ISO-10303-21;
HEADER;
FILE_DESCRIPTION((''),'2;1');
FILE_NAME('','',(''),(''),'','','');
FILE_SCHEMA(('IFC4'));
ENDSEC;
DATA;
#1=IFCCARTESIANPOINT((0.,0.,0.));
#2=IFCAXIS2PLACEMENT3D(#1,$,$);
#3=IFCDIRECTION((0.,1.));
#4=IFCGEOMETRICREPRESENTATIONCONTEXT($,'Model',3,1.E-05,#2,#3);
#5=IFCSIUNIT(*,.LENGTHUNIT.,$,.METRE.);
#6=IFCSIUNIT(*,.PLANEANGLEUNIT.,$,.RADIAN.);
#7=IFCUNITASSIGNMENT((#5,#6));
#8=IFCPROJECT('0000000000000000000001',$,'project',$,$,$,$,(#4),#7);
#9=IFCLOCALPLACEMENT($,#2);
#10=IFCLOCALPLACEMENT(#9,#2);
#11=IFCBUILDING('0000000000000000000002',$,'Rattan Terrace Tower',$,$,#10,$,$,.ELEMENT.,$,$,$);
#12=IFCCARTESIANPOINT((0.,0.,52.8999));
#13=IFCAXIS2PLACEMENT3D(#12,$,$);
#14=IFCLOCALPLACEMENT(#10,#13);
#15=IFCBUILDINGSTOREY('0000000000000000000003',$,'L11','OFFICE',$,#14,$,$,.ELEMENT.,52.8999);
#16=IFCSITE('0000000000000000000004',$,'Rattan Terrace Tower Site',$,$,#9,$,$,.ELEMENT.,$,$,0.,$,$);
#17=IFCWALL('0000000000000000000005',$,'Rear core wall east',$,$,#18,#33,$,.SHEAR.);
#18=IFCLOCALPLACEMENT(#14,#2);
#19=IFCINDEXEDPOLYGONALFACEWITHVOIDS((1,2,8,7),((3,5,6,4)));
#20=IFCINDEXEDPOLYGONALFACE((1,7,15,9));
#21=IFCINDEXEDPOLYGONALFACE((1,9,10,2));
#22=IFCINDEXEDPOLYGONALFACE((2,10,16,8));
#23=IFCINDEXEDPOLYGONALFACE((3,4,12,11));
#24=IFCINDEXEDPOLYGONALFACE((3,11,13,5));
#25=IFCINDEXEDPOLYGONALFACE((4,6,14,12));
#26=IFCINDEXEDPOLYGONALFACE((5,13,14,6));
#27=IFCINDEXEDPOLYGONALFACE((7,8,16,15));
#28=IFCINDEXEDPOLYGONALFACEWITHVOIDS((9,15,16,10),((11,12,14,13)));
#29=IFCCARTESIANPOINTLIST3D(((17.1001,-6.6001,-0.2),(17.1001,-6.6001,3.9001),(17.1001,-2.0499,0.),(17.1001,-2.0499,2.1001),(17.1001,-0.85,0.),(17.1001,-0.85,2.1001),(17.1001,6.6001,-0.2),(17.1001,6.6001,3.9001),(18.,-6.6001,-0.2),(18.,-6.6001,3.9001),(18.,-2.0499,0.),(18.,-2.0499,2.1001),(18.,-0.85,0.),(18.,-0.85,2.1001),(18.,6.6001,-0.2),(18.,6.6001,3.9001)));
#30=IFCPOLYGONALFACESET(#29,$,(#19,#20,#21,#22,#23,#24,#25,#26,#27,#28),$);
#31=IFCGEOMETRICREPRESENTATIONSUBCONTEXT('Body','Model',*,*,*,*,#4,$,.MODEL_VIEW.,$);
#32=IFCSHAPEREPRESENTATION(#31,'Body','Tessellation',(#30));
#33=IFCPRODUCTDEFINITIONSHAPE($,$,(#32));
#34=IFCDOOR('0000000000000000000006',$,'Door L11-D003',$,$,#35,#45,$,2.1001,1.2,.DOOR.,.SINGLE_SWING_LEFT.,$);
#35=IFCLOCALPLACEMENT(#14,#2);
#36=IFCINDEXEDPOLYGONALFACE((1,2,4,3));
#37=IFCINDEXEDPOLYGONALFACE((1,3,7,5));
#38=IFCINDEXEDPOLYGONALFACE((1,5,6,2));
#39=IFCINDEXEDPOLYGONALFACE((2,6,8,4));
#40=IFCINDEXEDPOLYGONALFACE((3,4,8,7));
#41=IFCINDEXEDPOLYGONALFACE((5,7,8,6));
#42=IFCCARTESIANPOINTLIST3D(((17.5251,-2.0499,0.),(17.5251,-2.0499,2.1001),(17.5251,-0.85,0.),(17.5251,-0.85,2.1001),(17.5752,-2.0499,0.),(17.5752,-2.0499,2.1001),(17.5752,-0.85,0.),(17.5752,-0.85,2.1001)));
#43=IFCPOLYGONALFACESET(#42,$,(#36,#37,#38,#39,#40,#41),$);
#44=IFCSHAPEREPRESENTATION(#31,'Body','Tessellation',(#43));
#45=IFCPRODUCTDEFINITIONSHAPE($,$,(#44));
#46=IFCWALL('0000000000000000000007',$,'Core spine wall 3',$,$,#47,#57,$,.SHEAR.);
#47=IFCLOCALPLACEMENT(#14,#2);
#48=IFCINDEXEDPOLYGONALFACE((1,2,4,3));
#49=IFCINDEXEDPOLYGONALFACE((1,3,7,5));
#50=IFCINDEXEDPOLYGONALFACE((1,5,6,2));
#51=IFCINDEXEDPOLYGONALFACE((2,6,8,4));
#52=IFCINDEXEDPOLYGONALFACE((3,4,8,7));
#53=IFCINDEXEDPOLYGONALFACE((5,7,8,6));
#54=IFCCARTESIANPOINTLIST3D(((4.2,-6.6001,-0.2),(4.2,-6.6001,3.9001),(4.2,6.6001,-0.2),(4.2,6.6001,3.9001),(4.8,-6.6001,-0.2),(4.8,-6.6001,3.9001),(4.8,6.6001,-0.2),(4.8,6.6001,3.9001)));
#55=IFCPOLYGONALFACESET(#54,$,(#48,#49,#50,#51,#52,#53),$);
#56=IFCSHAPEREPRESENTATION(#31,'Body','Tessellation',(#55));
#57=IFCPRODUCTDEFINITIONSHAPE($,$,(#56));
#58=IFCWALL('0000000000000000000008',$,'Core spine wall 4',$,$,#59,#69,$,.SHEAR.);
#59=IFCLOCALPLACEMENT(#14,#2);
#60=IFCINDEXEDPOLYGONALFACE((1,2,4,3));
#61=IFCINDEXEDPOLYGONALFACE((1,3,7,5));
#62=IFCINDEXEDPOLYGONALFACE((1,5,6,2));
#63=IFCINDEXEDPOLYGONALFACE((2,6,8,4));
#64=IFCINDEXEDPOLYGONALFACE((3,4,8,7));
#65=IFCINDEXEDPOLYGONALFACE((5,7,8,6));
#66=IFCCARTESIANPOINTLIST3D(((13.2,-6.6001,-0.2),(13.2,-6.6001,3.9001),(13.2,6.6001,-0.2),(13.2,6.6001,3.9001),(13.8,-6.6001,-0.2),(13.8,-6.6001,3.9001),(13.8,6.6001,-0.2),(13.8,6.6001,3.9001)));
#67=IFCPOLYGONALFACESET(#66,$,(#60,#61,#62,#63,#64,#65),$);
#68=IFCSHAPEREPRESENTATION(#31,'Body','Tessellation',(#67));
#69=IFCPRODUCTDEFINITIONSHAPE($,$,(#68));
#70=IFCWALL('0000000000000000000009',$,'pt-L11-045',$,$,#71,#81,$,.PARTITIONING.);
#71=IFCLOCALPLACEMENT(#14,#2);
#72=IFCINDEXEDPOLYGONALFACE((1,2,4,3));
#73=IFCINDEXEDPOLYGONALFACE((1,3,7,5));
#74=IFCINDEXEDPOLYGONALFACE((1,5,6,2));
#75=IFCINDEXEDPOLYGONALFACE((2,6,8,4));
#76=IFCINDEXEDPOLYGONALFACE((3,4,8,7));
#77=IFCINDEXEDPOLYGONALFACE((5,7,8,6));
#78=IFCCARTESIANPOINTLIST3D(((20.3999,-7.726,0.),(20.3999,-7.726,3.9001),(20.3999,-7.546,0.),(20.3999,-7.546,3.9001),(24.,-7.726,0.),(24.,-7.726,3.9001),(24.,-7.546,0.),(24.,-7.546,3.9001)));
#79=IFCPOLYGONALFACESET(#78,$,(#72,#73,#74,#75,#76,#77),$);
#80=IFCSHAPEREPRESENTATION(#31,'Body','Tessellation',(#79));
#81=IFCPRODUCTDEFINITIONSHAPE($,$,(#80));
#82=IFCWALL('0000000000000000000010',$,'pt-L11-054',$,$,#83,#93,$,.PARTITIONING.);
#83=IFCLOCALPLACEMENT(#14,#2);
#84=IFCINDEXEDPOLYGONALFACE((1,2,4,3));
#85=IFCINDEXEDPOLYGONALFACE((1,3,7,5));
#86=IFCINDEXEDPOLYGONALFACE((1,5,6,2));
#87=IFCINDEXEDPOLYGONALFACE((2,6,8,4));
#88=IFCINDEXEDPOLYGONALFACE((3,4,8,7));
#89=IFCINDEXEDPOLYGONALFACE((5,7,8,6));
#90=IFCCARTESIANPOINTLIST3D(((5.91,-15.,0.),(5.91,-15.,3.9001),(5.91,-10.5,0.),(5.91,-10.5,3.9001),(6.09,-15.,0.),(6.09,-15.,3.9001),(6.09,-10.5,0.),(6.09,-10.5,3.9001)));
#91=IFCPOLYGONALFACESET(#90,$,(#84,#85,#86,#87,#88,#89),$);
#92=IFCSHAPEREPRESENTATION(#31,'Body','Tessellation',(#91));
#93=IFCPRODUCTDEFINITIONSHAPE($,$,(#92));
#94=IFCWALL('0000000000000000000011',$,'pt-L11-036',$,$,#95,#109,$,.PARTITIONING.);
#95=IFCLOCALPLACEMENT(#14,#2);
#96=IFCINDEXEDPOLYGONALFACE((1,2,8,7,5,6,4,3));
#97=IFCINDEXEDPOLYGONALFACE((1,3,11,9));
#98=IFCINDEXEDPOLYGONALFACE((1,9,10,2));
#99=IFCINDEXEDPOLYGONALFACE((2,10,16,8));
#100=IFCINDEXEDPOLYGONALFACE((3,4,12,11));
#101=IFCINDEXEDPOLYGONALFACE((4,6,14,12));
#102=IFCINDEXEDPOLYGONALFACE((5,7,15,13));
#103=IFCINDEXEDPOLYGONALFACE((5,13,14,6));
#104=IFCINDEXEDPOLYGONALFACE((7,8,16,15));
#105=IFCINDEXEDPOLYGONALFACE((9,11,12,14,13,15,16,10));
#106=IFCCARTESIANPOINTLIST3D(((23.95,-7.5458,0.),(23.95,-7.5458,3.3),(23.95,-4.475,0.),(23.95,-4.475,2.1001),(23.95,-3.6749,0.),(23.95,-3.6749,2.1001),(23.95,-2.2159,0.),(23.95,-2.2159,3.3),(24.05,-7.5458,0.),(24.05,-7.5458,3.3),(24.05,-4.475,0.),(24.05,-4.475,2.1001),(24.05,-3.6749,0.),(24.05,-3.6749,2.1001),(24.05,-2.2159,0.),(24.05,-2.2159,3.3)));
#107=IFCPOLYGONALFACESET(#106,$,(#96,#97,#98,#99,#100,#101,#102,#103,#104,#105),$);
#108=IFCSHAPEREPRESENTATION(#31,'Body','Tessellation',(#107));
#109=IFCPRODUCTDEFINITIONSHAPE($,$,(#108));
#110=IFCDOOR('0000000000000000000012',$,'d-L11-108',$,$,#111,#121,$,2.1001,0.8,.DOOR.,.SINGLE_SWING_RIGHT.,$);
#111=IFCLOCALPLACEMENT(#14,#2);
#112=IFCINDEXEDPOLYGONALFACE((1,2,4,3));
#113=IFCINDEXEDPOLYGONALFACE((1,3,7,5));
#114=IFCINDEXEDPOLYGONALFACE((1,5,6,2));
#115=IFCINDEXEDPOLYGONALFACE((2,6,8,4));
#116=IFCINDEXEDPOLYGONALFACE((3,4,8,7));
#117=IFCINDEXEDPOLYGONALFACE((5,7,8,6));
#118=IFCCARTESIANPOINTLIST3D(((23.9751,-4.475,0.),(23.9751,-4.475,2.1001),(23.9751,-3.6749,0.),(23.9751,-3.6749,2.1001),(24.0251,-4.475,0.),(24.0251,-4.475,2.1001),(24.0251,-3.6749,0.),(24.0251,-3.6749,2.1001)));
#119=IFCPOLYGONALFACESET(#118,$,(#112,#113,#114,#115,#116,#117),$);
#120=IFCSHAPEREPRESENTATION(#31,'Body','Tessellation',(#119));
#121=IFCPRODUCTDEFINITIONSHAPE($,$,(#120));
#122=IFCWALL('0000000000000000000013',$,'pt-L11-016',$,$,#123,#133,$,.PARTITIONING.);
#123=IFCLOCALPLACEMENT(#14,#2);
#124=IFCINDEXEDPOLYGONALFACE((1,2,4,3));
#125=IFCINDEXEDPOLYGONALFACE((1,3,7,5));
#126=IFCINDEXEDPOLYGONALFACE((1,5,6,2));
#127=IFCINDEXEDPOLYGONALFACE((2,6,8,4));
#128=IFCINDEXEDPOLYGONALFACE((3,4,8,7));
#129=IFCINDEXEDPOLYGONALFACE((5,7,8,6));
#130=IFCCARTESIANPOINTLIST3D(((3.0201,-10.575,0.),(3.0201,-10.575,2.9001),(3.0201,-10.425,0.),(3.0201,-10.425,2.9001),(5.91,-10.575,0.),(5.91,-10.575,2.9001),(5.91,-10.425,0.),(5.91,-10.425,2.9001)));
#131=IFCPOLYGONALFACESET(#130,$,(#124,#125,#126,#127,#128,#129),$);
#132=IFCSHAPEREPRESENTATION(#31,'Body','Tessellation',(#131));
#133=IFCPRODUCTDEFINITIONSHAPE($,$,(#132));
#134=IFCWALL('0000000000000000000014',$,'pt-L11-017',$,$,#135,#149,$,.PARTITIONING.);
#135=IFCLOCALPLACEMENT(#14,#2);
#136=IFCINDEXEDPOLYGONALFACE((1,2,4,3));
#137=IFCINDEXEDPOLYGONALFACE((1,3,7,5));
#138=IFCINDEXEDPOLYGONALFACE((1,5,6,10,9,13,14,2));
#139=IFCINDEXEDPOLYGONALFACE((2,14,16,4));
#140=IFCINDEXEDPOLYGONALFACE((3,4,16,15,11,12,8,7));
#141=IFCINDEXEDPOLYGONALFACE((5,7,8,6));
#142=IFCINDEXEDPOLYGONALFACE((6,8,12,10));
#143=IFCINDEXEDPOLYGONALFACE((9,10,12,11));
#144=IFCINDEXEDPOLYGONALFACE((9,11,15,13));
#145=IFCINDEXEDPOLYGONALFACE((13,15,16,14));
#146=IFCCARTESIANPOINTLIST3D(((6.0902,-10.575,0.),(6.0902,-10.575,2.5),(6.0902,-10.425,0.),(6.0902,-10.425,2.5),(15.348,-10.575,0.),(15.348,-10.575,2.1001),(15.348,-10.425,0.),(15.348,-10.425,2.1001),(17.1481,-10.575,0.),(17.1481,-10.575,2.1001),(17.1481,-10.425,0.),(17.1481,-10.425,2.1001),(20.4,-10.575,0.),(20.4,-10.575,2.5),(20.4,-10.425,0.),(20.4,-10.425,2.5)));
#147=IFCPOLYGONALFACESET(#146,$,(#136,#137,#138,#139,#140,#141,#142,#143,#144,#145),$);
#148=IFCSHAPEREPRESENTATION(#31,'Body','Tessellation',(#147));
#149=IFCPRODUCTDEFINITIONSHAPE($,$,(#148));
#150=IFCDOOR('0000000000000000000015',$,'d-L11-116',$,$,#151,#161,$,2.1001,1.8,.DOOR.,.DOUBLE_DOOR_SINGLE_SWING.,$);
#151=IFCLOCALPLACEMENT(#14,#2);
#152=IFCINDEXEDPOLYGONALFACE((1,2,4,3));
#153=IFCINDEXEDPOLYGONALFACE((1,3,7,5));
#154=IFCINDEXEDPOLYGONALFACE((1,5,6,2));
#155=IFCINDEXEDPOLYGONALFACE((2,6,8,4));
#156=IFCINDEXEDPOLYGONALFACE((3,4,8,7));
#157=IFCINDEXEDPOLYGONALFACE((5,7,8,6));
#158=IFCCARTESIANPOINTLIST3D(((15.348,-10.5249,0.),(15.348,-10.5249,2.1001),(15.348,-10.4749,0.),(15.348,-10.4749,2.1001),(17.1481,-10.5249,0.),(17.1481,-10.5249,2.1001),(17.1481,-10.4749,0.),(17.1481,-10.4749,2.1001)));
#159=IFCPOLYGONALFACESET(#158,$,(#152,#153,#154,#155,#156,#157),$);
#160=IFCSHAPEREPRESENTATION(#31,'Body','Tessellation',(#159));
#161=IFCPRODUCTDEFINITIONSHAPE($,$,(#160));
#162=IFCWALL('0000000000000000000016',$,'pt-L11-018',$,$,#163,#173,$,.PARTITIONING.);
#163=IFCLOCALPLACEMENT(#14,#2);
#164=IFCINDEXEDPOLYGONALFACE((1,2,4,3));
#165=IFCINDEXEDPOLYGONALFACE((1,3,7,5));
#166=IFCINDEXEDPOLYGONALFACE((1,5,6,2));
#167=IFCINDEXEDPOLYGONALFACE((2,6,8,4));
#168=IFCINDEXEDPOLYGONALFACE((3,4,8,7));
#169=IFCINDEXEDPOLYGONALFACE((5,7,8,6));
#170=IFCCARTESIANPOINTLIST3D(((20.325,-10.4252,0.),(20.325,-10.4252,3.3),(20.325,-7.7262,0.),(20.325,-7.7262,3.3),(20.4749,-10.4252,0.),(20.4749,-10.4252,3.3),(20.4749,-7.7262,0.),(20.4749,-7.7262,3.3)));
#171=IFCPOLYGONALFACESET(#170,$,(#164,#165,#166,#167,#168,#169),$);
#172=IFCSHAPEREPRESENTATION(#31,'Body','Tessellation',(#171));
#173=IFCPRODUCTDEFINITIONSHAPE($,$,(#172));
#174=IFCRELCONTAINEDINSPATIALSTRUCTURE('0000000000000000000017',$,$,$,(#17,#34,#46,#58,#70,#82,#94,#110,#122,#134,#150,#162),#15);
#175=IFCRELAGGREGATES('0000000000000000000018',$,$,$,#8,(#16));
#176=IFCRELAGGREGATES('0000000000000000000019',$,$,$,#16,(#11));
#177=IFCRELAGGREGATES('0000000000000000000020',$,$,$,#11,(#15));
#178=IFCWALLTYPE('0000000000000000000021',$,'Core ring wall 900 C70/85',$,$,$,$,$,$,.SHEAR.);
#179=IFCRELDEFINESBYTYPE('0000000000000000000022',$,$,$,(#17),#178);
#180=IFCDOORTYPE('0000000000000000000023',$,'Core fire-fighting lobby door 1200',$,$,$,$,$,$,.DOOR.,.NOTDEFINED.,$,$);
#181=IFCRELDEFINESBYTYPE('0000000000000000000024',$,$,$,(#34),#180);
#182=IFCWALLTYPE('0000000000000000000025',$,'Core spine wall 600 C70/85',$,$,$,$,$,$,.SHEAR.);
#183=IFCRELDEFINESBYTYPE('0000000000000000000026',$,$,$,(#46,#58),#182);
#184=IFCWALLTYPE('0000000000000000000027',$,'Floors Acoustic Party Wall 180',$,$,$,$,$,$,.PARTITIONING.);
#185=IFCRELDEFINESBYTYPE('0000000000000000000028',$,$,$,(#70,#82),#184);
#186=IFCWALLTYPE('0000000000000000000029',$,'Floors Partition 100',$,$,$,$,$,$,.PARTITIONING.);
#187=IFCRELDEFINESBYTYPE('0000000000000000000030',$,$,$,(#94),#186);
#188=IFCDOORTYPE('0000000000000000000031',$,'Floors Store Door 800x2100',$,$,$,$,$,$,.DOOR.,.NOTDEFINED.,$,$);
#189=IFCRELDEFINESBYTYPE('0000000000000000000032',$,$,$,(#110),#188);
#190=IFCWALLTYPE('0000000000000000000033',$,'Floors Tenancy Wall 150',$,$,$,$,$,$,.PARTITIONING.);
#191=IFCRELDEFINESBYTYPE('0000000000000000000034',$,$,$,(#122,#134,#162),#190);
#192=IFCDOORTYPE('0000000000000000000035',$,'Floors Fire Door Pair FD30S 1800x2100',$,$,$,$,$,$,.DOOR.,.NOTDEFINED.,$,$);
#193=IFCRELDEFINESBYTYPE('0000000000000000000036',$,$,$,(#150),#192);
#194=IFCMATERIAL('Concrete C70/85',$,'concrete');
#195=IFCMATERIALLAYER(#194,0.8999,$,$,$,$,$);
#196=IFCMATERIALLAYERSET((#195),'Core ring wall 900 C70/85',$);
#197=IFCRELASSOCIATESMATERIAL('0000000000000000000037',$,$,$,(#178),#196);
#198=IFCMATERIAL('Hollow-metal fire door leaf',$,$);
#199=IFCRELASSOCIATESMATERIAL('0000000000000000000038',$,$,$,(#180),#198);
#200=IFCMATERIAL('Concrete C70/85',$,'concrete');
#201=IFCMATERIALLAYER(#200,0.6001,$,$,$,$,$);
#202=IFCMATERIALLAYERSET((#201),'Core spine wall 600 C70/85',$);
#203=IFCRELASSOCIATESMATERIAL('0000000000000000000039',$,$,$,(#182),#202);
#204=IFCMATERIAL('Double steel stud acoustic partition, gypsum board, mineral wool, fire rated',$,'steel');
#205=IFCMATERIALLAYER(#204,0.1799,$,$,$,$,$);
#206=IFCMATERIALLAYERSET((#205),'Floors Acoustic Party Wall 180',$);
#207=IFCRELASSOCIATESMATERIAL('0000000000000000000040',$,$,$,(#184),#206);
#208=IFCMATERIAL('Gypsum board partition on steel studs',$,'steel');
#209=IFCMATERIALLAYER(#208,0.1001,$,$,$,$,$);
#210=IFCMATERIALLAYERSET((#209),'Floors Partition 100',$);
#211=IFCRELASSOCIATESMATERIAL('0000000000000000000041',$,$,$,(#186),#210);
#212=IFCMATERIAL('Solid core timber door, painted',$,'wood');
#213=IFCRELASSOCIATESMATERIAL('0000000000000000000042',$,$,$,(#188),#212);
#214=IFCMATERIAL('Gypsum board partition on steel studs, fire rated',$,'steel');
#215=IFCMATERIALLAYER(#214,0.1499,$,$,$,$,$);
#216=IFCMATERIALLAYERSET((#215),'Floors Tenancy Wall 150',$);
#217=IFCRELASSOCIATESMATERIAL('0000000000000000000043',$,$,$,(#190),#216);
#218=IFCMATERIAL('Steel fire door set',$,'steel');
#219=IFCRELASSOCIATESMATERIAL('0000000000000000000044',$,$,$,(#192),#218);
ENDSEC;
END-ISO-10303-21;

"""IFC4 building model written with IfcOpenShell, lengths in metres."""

from ifc_helpers import new_model, si_unit, direction, frame, frame_2d, origin, place, context, subcontext, project, spatial, rectangle, extrude, material, layer, layer_set, type_object, element, fill, save


model = new_model("IFC4")

# Units and contexts
model_context = context("Model", 3, precision=1e-05, world=origin(), true_north=direction((0.0, 1.0)))
body_context = subcontext(model_context, "Body", "Model", "MODEL_VIEW")
ifc_project = project(units=[si_unit("LENGTHUNIT", "METRE"), si_unit("PLANEANGLEUNIT", "RADIAN")], contexts=[model_context])

# Site, building, storey
site_placement = place(None, origin())
site = spatial("IfcSite", under=ifc_project, at=site_placement, Name="Rattan Terrace Tower Site", CompositionType="ELEMENT", RefElevation=0.0)
building_placement = place(site_placement, origin())
building = spatial("IfcBuilding", under=site, at=building_placement, Name="Rattan Terrace Tower", CompositionType="ELEMENT")
storey_placement = place(building_placement, frame((0.0, 0.0, 52.8999)))
storey = spatial("IfcBuildingStorey", under=building, at=storey_placement, Name="L11", Description="OFFICE", CompositionType="ELEMENT", Elevation=52.8999)

# Wall, opening, door
ifc_material_1 = material(Name="Concrete C70/85", Category="concrete")
ifc_layer_1 = layer(ifc_material_1, 0.8999)
ifc_layer_set_1 = layer_set([ifc_layer_1], Name="Core ring wall 900 C70/85")
wall_type_1 = type_object("IfcWallType", Name="Core ring wall 900 C70/85", PredefinedType="SHEAR", material=ifc_layer_set_1)
wall_1_placement = place(storey_placement, frame((17.55, -6.6001, -0.2), z_axis=(0.0, 0.0, 1.0), x_axis=(0.0, 1.0, 0.0)))
wall_1 = element("IfcWall", 1, at=wall_1_placement, inside=storey, type_object=wall_type_1, Name="Rear core wall east", PredefinedType="SHEAR", context=body_context, shape_type="SweptSolid", body=[
    extrude(rectangle(XDim=13.2002, YDim=0.8999, at=frame_2d((6.6001, 0.0))), origin(), (0.0, 0.0, 1.0), 4.1001),
])
opening_1_placement = place(wall_1_placement, frame((4.55, 0.0, 0.2)))
opening_1 = element("IfcOpeningElement", 2, at=opening_1_placement, cuts=wall_1, PredefinedType="OPENING", context=body_context, shape_type="SweptSolid", body=[
    extrude(rectangle(XDim=1.2, YDim=2.1001, at=frame_2d((0.6001, 1.05))), frame((0.0, 0.4604, 0.0), z_axis=(0.0, -1.0, 0.0), x_axis=(1.0, 0.0, 0.0)), (0.0, 0.0, 1.0), 0.9209),
])
ifc_material_2 = material(Name="Hollow-metal fire door leaf")
door_type_1 = type_object("IfcDoorType", Name="Core fire-fighting lobby door 1200", OperationType="NOTDEFINED", PredefinedType="DOOR", material=ifc_material_2)
door_1_placement = place(opening_1_placement, origin())
door_1 = element("IfcDoor", 3, at=door_1_placement, inside=storey, type_object=door_type_1, Name="Door L11-D003", OperationType="SINGLE_SWING_LEFT", OverallHeight=2.1001, OverallWidth=1.2, PredefinedType="DOOR", context=body_context, shape_type="SweptSolid", body=[
    extrude(rectangle(XDim=1.2, YDim=2.1001, at=frame_2d((0.6001, 1.05))), frame((0.0, 0.0249, 0.0), z_axis=(0.0, -1.0, 0.0), x_axis=(1.0, 0.0, 0.0)), (0.0, 0.0, 1.0), 0.05),
])
fill(opening_1, door_1)

# Walls
ifc_material_3 = material(Name="Concrete C70/85", Category="concrete")
ifc_layer_2 = layer(ifc_material_3, 0.6001)
ifc_layer_set_2 = layer_set([ifc_layer_2], Name="Core spine wall 600 C70/85")
wall_type_2 = type_object("IfcWallType", Name="Core spine wall 600 C70/85", PredefinedType="SHEAR", material=ifc_layer_set_2)
for number, where, z_axis, x_axis, name in (
    (4, (4.5, -6.6001, -0.2), (0.0, 0.0, 1.0), (0.0, 1.0, 0.0), "Core spine wall 3"),
    (5, (13.5, -6.6001, -0.2), (0.0, 0.0, 1.0), (0.0, 1.0, 0.0), "Core spine wall 4"),
):
    element("IfcWall", number, at=place(storey_placement, frame(where, z_axis=z_axis, x_axis=x_axis)), inside=storey, type_object=wall_type_2, Name=name, PredefinedType="SHEAR", context=body_context, shape_type="SweptSolid", body=[
        extrude(rectangle(XDim=13.2002, YDim=0.6001, at=frame_2d((6.6001, 0.0))), origin(), (0.0, 0.0, 1.0), 4.1001),
    ])
ifc_material_4 = material(Name="Double steel stud acoustic partition, gypsum board, mineral wool, fire rated", Category="steel")
ifc_layer_3 = layer(ifc_material_4, 0.1799)
ifc_layer_set_3 = layer_set([ifc_layer_3], Name="Floors Acoustic Party Wall 180")
wall_type_3 = type_object("IfcWallType", Name="Floors Acoustic Party Wall 180", PredefinedType="PARTITIONING", material=ifc_layer_set_3)
wall_2_placement = place(storey_placement, frame((24.0, -7.636, 0.0), z_axis=(0.0, 0.0, 1.0), x_axis=(-1.0, 0.0, 0.0)))
element("IfcWall", 6, at=wall_2_placement, inside=storey, type_object=wall_type_3, Name="pt-L11-045", PredefinedType="PARTITIONING", context=body_context, shape_type="SweptSolid", body=[
    extrude(rectangle(XDim=3.6001, YDim=0.1799, at=frame_2d((1.8, 0.0))), origin(), (0.0, 0.0, 1.0), 3.9001),
])
wall_3_placement = place(storey_placement, frame((6.0, -10.5, 0.0), z_axis=(0.0, 0.0, 1.0), x_axis=(0.0, -1.0, 0.0)))
element("IfcWall", 7, at=wall_3_placement, inside=storey, type_object=wall_type_3, Name="pt-L11-054", PredefinedType="PARTITIONING", context=body_context, shape_type="SweptSolid", body=[
    extrude(rectangle(XDim=4.5, YDim=0.1799, at=frame_2d((2.25, 0.0))), origin(), (0.0, 0.0, 1.0), 3.9001),
])

# Wall, opening, door
ifc_material_5 = material(Name="Gypsum board partition on steel studs", Category="steel")
ifc_layer_4 = layer(ifc_material_5, 0.1001)
ifc_layer_set_4 = layer_set([ifc_layer_4], Name="Floors Partition 100")
wall_type_4 = type_object("IfcWallType", Name="Floors Partition 100", PredefinedType="PARTITIONING", material=ifc_layer_set_4)
wall_4_placement = place(storey_placement, frame((24.0, -7.5459, 0.0), z_axis=(0.0, 0.0, 1.0), x_axis=(0.0, 1.0, 0.0)))
wall_4 = element("IfcWall", 8, at=wall_4_placement, inside=storey, type_object=wall_type_4, Name="pt-L11-036", PredefinedType="PARTITIONING", context=body_context, shape_type="SweptSolid", body=[
    extrude(rectangle(XDim=5.3298, YDim=0.1001, at=frame_2d((2.665, 0.0))), origin(), (0.0, 0.0, 1.0), 3.3),
])
opening_2_placement = place(wall_4_placement, frame((3.071, 0.0, 0.0)))
opening_2 = element("IfcOpeningElement", 9, at=opening_2_placement, cuts=wall_4, PredefinedType="OPENING", context=body_context, shape_type="SweptSolid", body=[
    extrude(rectangle(XDim=0.8, YDim=2.1001, at=frame_2d((0.3999, 1.05))), frame((0.0, 0.0605, 0.0), z_axis=(0.0, -1.0, 0.0), x_axis=(1.0, 0.0, 0.0)), (0.0, 0.0, 1.0), 0.1211),
])
ifc_material_6 = material(Name="Solid core timber door, painted", Category="wood")
door_type_2 = type_object("IfcDoorType", Name="Floors Store Door 800x2100", OperationType="NOTDEFINED", PredefinedType="DOOR", material=ifc_material_6)
door_2_placement = place(opening_2_placement, origin())
door_2 = element("IfcDoor", 10, at=door_2_placement, inside=storey, type_object=door_type_2, Name="d-L11-108", OperationType="SINGLE_SWING_RIGHT", OverallHeight=2.1001, OverallWidth=0.8, PredefinedType="DOOR", context=body_context, shape_type="SweptSolid", body=[
    extrude(rectangle(XDim=0.8, YDim=2.1001, at=frame_2d((0.3999, 1.05))), frame((0.0, 0.0249, 0.0), z_axis=(0.0, -1.0, 0.0), x_axis=(1.0, 0.0, 0.0)), (0.0, 0.0, 1.0), 0.05),
])
fill(opening_2, door_2)

# Wall
ifc_material_7 = material(Name="Gypsum board partition on steel studs, fire rated", Category="steel")
ifc_layer_5 = layer(ifc_material_7, 0.1499)
ifc_layer_set_5 = layer_set([ifc_layer_5], Name="Floors Tenancy Wall 150")
wall_type_5 = type_object("IfcWallType", Name="Floors Tenancy Wall 150", PredefinedType="PARTITIONING", material=ifc_layer_set_5)
wall_5_placement = place(storey_placement, frame((5.9099, -10.5, 0.0), z_axis=(0.0, 0.0, 1.0), x_axis=(-1.0, 0.0, 0.0)))
element("IfcWall", 11, at=wall_5_placement, inside=storey, type_object=wall_type_5, Name="pt-L11-016", PredefinedType="PARTITIONING", context=body_context, shape_type="SweptSolid", body=[
    extrude(rectangle(XDim=2.8899, YDim=0.1499, at=frame_2d((1.4448, 0.0))), origin(), (0.0, 0.0, 1.0), 2.9001),
])

# Wall, opening, door
wall_6_placement = place(storey_placement, frame((20.3999, -10.5, 0.0), z_axis=(0.0, 0.0, 1.0), x_axis=(-1.0, 0.0, 0.0)))
wall_6 = element("IfcWall", 12, at=wall_6_placement, inside=storey, type_object=wall_type_5, Name="pt-L11-017", PredefinedType="PARTITIONING", context=body_context, shape_type="SweptSolid", body=[
    extrude(rectangle(XDim=14.3098, YDim=0.1499, at=frame_2d((7.1548, 0.0))), origin(), (0.0, 0.0, 1.0), 2.5),
])
opening_3_placement = place(wall_6_placement, frame((3.252, 0.0, 0.0)))
opening_3 = element("IfcOpeningElement", 13, at=opening_3_placement, cuts=wall_6, PredefinedType="OPENING", context=body_context, shape_type="SweptSolid", body=[
    extrude(rectangle(XDim=1.8, YDim=2.1001, at=frame_2d((0.8999, 1.05))), frame((0.0, 0.0854, 0.0), z_axis=(0.0, -1.0, 0.0), x_axis=(1.0, 0.0, 0.0)), (0.0, 0.0, 1.0), 0.1709),
])
ifc_material_8 = material(Name="Steel fire door set", Category="steel")
door_type_3 = type_object("IfcDoorType", Name="Floors Fire Door Pair FD30S 1800x2100", OperationType="NOTDEFINED", PredefinedType="DOOR", material=ifc_material_8)
door_3_placement = place(opening_3_placement, origin())
door_3 = element("IfcDoor", 14, at=door_3_placement, inside=storey, type_object=door_type_3, Name="d-L11-116", OperationType="DOUBLE_DOOR_SINGLE_SWING", OverallHeight=2.1001, OverallWidth=1.8, PredefinedType="DOOR", context=body_context, shape_type="SweptSolid", body=[
    extrude(rectangle(XDim=1.8, YDim=2.1001, at=frame_2d((0.8999, 1.05))), frame((0.0, 0.0249, 0.0), z_axis=(0.0, -1.0, 0.0), x_axis=(1.0, 0.0, 0.0)), (0.0, 0.0, 1.0), 0.05),
])
fill(opening_3, door_3)

# Wall
wall_7_placement = place(storey_placement, frame((20.3999, -7.7261, 0.0), z_axis=(0.0, 0.0, 1.0), x_axis=(0.0, -1.0, 0.0)))
element("IfcWall", 15, at=wall_7_placement, inside=storey, type_object=wall_type_5, Name="pt-L11-018", PredefinedType="PARTITIONING", context=body_context, shape_type="SweptSolid", body=[
    extrude(rectangle(XDim=2.699, YDim=0.1499, at=frame_2d((1.3496, 0.0))), origin(), (0.0, 0.0, 1.0), 3.3),
])

save(model, "model.ifc")
